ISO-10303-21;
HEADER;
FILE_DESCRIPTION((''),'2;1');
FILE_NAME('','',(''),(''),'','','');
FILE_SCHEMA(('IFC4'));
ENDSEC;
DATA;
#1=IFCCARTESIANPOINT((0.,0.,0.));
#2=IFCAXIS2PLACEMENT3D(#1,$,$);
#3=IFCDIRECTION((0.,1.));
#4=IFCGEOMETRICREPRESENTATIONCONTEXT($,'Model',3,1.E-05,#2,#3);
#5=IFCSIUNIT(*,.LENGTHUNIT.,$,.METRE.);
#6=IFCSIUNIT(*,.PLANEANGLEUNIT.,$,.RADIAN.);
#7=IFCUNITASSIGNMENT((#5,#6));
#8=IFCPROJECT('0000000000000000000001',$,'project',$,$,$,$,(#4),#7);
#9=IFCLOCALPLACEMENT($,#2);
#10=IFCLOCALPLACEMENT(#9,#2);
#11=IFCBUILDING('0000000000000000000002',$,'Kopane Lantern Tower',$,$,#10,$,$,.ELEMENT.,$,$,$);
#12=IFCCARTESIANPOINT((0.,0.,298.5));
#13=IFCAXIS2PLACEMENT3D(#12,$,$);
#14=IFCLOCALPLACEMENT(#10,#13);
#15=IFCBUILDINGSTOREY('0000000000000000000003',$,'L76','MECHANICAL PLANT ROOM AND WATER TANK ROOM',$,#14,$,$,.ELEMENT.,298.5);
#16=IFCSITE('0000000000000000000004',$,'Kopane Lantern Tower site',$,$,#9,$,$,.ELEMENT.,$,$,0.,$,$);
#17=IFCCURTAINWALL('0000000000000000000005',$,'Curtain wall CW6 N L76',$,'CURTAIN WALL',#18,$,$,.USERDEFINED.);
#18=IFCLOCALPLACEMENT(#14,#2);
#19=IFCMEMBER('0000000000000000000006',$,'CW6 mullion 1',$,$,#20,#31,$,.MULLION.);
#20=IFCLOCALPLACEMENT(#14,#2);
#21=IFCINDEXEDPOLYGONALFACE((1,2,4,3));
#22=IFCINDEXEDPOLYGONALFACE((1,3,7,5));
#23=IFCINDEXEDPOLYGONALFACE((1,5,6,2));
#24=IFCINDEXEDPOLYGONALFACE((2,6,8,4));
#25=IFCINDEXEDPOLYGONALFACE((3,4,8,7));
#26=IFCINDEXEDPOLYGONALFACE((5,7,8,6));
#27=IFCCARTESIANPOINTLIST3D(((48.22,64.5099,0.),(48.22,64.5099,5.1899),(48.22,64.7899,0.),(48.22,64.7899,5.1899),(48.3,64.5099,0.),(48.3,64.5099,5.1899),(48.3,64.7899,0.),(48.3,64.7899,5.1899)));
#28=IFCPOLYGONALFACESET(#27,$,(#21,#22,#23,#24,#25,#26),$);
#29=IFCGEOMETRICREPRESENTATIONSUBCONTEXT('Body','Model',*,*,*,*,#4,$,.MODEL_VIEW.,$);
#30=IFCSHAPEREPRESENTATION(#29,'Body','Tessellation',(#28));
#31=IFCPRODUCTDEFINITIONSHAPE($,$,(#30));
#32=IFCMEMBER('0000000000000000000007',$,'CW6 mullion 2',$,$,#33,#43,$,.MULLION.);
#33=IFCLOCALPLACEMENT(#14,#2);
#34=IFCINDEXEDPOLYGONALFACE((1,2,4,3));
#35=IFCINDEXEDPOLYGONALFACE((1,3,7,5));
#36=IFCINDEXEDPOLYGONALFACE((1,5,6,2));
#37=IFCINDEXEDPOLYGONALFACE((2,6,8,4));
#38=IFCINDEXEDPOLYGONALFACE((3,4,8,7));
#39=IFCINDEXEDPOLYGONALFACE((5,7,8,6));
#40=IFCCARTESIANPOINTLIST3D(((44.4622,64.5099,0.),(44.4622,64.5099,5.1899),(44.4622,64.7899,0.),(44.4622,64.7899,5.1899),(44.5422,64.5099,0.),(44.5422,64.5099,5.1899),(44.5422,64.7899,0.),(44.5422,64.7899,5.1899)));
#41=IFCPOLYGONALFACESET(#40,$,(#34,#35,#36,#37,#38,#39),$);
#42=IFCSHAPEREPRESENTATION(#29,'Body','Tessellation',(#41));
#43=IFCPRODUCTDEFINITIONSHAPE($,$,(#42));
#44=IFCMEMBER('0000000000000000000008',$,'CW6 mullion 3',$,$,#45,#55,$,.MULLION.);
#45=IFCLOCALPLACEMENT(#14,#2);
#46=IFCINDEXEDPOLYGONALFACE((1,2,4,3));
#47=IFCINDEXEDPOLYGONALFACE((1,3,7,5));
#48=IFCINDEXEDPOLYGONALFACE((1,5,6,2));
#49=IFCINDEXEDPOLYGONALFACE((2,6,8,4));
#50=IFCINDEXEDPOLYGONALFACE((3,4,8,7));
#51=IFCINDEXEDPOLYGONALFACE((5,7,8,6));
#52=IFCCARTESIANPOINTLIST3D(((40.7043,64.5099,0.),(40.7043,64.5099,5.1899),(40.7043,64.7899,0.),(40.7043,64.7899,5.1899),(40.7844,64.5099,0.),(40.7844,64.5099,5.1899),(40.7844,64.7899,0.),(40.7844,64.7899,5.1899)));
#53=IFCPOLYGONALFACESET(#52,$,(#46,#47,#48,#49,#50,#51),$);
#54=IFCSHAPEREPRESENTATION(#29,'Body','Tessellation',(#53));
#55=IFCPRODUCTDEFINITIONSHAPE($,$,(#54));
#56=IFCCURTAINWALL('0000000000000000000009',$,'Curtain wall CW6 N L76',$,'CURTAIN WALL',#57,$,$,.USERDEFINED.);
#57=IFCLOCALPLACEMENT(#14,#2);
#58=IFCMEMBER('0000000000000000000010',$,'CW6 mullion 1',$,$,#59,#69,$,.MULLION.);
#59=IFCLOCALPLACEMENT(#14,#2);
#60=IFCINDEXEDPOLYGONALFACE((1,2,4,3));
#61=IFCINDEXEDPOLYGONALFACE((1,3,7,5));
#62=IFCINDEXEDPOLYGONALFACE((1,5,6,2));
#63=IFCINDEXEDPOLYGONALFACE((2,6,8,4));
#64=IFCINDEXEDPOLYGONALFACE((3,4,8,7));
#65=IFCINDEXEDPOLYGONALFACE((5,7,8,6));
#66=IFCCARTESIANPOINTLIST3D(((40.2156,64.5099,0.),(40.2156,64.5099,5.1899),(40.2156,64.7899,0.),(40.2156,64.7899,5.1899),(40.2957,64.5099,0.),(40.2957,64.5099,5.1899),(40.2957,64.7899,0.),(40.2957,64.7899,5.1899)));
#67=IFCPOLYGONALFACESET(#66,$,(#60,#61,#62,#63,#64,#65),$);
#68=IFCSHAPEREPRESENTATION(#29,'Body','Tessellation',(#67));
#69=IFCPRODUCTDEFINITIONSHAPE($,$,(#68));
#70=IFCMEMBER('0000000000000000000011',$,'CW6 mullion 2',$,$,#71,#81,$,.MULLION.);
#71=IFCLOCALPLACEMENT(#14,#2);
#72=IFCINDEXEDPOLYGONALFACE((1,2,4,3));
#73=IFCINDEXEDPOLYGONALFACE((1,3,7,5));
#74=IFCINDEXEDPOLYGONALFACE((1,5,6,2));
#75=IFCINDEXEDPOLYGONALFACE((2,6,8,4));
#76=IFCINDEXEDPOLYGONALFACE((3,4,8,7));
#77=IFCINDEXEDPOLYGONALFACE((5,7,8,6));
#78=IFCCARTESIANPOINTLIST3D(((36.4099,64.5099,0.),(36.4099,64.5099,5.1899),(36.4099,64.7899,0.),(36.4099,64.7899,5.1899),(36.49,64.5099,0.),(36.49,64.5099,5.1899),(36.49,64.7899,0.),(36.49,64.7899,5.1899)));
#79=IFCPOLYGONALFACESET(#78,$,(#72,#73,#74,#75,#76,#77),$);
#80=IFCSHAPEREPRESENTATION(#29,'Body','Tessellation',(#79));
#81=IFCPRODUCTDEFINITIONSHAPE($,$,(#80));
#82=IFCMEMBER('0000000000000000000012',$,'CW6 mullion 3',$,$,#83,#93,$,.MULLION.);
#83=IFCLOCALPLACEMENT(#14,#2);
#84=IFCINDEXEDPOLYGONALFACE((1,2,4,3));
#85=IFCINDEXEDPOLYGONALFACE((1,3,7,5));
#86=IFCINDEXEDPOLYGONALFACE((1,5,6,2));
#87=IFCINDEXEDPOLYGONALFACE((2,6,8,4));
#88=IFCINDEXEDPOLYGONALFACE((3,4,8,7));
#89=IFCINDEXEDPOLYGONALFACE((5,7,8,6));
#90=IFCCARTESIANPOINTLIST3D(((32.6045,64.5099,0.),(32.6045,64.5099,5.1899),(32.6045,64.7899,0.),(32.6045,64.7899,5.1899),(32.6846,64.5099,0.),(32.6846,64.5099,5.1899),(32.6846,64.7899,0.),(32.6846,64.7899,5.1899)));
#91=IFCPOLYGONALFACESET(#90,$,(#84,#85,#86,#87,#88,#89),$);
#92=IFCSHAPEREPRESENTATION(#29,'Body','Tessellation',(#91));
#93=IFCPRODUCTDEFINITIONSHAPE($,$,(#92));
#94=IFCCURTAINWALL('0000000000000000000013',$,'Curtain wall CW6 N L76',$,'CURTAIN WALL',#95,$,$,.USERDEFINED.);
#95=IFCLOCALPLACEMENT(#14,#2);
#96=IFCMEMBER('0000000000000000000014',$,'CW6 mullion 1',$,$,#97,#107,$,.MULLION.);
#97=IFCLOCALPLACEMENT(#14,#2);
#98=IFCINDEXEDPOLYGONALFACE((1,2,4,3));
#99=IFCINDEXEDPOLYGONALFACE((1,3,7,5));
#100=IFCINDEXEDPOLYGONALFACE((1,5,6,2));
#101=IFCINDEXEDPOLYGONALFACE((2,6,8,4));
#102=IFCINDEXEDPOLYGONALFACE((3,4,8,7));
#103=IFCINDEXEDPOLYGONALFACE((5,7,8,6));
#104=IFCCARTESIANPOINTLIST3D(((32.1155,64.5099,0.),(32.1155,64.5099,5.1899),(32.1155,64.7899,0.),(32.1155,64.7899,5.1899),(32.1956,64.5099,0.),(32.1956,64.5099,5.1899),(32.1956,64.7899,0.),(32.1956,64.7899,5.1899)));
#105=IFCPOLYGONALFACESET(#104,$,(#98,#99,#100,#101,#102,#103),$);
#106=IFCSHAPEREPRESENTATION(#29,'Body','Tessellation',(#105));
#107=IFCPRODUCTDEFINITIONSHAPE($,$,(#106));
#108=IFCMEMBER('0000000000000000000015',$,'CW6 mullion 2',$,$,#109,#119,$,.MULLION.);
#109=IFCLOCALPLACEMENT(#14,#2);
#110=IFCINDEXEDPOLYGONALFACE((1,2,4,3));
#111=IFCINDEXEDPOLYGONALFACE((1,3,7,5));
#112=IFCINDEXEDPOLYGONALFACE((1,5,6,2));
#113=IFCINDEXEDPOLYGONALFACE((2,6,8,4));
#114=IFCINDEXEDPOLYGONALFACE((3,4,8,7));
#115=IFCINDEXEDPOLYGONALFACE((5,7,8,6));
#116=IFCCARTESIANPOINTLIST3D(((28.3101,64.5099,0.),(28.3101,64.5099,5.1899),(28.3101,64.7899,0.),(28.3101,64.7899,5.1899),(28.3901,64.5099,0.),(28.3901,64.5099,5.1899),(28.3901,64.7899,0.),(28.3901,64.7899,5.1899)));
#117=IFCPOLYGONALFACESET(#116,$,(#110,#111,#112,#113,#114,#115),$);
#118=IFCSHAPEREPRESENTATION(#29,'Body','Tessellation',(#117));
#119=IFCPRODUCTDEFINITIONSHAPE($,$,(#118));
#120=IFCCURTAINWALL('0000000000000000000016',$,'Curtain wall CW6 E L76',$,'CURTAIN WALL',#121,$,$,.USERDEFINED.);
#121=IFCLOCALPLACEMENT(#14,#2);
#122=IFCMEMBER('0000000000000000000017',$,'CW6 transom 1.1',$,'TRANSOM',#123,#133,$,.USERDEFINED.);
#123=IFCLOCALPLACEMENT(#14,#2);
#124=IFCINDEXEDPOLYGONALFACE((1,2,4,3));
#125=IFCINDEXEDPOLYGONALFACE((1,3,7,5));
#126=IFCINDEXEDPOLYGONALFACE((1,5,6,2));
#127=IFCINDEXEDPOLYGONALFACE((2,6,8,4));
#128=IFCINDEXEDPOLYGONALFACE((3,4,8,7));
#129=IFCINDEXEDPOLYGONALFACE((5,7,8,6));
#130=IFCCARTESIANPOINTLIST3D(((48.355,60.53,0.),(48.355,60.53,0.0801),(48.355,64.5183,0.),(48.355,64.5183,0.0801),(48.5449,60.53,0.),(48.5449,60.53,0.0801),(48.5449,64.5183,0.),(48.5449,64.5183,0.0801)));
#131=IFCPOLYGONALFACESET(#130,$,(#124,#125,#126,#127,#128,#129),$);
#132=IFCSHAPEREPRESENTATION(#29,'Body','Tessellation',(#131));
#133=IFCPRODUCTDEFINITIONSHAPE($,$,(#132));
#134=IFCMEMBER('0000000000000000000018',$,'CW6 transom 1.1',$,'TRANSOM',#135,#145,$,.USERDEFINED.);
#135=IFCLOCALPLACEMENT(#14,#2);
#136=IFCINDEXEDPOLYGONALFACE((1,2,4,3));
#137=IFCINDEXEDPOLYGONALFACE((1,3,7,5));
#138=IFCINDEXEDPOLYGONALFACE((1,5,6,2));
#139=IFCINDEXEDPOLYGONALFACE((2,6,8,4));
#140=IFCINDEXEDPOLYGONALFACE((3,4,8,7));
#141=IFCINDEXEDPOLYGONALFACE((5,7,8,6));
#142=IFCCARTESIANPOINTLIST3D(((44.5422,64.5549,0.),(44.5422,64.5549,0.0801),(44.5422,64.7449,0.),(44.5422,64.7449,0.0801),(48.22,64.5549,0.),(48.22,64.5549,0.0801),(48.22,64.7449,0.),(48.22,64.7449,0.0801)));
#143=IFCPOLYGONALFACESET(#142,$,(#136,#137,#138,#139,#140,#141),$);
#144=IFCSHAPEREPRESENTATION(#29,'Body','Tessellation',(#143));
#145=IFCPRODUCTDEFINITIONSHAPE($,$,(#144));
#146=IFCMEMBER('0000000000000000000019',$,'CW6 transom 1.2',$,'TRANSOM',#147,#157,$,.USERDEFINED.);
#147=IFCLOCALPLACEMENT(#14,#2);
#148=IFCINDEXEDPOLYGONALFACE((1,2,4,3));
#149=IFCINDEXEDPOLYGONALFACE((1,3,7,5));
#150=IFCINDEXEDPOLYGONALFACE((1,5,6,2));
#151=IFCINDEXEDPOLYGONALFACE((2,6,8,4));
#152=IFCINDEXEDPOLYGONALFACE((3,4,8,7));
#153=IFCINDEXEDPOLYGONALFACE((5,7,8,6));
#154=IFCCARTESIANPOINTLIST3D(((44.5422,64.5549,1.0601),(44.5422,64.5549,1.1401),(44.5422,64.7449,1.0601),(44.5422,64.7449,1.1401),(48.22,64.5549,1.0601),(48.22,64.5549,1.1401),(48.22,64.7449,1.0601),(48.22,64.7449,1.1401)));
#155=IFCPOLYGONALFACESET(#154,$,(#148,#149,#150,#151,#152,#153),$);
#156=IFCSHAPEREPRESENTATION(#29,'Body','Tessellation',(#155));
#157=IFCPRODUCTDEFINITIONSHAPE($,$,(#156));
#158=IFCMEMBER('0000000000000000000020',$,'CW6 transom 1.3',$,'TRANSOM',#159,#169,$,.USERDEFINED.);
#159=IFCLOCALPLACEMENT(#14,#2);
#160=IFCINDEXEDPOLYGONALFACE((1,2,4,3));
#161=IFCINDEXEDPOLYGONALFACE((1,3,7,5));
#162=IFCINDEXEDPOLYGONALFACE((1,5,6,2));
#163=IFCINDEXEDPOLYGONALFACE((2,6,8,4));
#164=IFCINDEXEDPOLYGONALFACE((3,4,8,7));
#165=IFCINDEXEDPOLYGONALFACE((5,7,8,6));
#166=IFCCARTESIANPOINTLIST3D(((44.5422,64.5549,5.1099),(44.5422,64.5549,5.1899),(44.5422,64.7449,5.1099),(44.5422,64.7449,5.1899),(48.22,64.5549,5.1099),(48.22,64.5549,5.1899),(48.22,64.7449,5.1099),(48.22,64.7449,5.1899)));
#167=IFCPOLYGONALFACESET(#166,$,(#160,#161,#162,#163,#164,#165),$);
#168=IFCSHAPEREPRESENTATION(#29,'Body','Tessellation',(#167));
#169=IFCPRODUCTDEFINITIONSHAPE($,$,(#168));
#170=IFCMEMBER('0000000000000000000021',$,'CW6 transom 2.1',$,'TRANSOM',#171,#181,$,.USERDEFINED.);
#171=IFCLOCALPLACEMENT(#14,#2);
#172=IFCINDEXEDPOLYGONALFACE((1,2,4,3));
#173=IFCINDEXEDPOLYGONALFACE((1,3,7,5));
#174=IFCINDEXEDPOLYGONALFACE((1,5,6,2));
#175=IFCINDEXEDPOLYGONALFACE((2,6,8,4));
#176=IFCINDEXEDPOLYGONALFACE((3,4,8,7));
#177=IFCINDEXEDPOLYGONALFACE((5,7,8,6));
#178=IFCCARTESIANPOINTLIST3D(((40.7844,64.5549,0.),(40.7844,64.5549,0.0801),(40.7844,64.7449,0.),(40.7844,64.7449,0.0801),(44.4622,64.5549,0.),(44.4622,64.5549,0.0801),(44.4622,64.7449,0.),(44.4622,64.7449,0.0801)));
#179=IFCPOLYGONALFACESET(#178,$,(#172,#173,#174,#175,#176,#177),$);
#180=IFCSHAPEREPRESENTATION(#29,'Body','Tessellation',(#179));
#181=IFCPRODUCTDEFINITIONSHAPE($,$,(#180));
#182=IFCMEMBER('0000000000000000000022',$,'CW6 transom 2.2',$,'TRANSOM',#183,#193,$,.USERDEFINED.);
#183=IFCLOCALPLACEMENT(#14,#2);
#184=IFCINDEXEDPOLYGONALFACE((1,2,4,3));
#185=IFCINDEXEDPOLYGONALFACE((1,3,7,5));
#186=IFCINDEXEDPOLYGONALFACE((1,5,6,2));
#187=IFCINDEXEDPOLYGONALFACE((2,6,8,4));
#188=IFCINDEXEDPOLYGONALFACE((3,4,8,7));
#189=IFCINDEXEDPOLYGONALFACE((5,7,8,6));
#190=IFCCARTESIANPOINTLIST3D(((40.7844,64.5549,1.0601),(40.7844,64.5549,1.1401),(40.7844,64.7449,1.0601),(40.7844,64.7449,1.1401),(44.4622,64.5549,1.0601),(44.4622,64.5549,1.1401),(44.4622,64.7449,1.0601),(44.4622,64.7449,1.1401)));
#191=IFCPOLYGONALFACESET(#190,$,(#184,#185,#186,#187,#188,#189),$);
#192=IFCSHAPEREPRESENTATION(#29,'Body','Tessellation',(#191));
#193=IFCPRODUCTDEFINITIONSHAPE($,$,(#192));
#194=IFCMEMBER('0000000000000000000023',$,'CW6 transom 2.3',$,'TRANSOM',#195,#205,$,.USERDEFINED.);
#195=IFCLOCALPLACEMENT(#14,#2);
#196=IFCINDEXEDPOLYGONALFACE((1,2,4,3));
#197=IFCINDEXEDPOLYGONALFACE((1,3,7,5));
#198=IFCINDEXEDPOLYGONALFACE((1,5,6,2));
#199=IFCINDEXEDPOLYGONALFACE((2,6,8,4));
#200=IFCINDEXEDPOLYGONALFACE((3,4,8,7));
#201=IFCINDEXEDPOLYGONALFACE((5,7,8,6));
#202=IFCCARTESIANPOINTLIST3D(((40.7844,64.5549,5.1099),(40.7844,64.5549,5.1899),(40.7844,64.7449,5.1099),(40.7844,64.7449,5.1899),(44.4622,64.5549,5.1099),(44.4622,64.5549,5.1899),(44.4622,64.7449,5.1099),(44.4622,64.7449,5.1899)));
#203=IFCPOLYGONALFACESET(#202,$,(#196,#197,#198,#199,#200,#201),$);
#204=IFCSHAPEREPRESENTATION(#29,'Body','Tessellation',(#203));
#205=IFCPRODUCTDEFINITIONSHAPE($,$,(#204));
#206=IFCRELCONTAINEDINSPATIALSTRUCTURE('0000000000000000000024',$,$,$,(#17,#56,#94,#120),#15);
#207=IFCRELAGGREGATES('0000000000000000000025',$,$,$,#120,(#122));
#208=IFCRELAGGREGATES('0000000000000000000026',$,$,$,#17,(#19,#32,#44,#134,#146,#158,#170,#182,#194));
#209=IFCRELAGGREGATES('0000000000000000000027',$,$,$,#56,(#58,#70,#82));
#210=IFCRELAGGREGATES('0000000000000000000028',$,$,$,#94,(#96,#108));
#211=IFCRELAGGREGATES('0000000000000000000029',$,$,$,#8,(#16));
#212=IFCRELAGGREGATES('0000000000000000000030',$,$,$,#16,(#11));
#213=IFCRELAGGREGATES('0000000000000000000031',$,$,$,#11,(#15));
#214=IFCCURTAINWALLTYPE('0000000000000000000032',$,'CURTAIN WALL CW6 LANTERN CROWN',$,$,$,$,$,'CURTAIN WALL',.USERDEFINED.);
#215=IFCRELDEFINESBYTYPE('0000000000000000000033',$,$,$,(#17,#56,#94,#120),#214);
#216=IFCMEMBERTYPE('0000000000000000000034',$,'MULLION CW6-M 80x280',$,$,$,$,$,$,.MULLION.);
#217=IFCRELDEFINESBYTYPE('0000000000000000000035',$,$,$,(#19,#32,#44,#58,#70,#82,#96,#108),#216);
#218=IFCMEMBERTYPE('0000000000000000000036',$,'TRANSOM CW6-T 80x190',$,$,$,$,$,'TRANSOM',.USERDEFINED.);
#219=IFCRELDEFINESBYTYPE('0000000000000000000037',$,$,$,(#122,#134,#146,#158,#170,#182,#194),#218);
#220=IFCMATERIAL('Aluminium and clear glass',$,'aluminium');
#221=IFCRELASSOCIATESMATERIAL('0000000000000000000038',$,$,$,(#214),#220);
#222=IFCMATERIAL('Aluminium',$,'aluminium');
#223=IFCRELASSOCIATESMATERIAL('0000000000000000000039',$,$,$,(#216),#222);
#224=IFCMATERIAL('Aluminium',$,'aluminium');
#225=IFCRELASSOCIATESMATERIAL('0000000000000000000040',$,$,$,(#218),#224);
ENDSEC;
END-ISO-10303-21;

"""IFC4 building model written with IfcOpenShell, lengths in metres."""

from ifc_helpers import new_model, si_unit, direction, frame, origin, origin_2d, place, context, subcontext, project, spatial, rectangle, extrude, material, material_profile, profile_set, type_object, element, aggregate, save


model = new_model("IFC4")

# Units and contexts
model_context = context("Model", 3, precision=1e-05, world=origin(), true_north=direction((0.0, 1.0)))
body_context = subcontext(model_context, "Body", "Model", "MODEL_VIEW")
ifc_project = project(units=[si_unit("LENGTHUNIT", "METRE"), si_unit("PLANEANGLEUNIT", "RADIAN")], contexts=[model_context])

# Site, building, storey
site_placement = place(None, origin())
site = spatial("IfcSite", under=ifc_project, at=site_placement, Name="Kopane Lantern Tower site", CompositionType="ELEMENT", RefElevation=0.0)
building_placement = place(site_placement, origin())
building = spatial("IfcBuilding", under=site, at=building_placement, Name="Kopane Lantern Tower", CompositionType="ELEMENT")
storey_placement = place(building_placement, frame((0.0, 0.0, 298.5)))
storey = spatial("IfcBuildingStorey", under=building, at=storey_placement, Name="L76", Description="MECHANICAL PLANT ROOM AND WATER TANK ROOM", CompositionType="ELEMENT", Elevation=298.5)

# Curtain walls, members
ifc_material_1 = material(Name="Aluminium and clear glass", Category="aluminium")
curtain_wall_type = type_object("IfcCurtainWallType", Name="CURTAIN WALL CW6 LANTERN CROWN", ElementType="CURTAIN WALL", PredefinedType="USERDEFINED", material=ifc_material_1)
curtain_wall_1_placement = place(storey_placement, origin())
curtain_wall_1 = element("IfcCurtainWall", 1, at=curtain_wall_1_placement, inside=storey, type_object=curtain_wall_type, Name="Curtain wall CW6 N L76", ObjectType="CURTAIN WALL", PredefinedType="USERDEFINED")
ifc_material_2 = material(Name="Aluminium", Category="aluminium")
ifc_material_profile_1 = material_profile(ifc_material_2, rectangle(XDim=0.0801, YDim=0.28, at=origin_2d()), Name="AL 80x280")
ifc_profile_set_1 = profile_set([ifc_material_profile_1], Name="Aluminium")
member_type_1 = type_object("IfcMemberType", Name="MULLION CW6-M 80x280", PredefinedType="MULLION", material=ifc_profile_set_1)
member_1_placement = place(storey_placement, frame((48.26, 64.6499, 0.0), z_axis=(0.0, 0.0, 1.0), x_axis=(-1.0, 0.0, 0.0)))
member_1 = element("IfcMember", 2, at=member_1_placement, type_object=member_type_1, Name="CW6 mullion 1", PredefinedType="MULLION", context=body_context, shape_type="SweptSolid", body=[
    extrude(rectangle(XDim=0.0801, YDim=0.28, at=origin_2d()), origin(), (0.0, 0.0, 1.0), 5.1899),
])
member_2_placement = place(storey_placement, frame((44.5022, 64.6499, 0.0), z_axis=(0.0, 0.0, 1.0), x_axis=(-1.0, 0.0, 0.0)))
member_2 = element("IfcMember", 3, at=member_2_placement, type_object=member_type_1, Name="CW6 mullion 2", PredefinedType="MULLION", context=body_context, shape_type="SweptSolid", body=[
    extrude(rectangle(XDim=0.0801, YDim=0.28, at=origin_2d()), origin(), (0.0, 0.0, 1.0), 5.1899),
])
member_3_placement = place(storey_placement, frame((40.7444, 64.6499, 0.0), z_axis=(0.0, 0.0, 1.0), x_axis=(-1.0, 0.0, 0.0)))
member_3 = element("IfcMember", 4, at=member_3_placement, type_object=member_type_1, Name="CW6 mullion 3", PredefinedType="MULLION", context=body_context, shape_type="SweptSolid", body=[
    extrude(rectangle(XDim=0.0801, YDim=0.28, at=origin_2d()), origin(), (0.0, 0.0, 1.0), 5.1899),
])
curtain_wall_2_placement = place(storey_placement, origin())
curtain_wall_2 = element("IfcCurtainWall", 5, at=curtain_wall_2_placement, inside=storey, type_object=curtain_wall_type, Name="Curtain wall CW6 N L76", ObjectType="CURTAIN WALL", PredefinedType="USERDEFINED")
member_4_placement = place(storey_placement, frame((40.2556, 64.6499, 0.0), z_axis=(0.0, 0.0, 1.0), x_axis=(-1.0, 0.0, 0.0)))
member_4 = element("IfcMember", 6, at=member_4_placement, type_object=member_type_1, Name="CW6 mullion 1", PredefinedType="MULLION", context=body_context, shape_type="SweptSolid", body=[
    extrude(rectangle(XDim=0.0801, YDim=0.28, at=origin_2d()), origin(), (0.0, 0.0, 1.0), 5.1899),
])
member_5_placement = place(storey_placement, frame((36.45, 64.6499, 0.0), z_axis=(0.0, 0.0, 1.0), x_axis=(-1.0, 0.0, 0.0)))
member_5 = element("IfcMember", 7, at=member_5_placement, type_object=member_type_1, Name="CW6 mullion 2", PredefinedType="MULLION", context=body_context, shape_type="SweptSolid", body=[
    extrude(rectangle(XDim=0.0801, YDim=0.28, at=origin_2d()), origin(), (0.0, 0.0, 1.0), 5.1899),
])
member_6_placement = place(storey_placement, frame((32.6445, 64.6499, 0.0), z_axis=(0.0, 0.0, 1.0), x_axis=(-1.0, 0.0, 0.0)))
member_6 = element("IfcMember", 8, at=member_6_placement, type_object=member_type_1, Name="CW6 mullion 3", PredefinedType="MULLION", context=body_context, shape_type="SweptSolid", body=[
    extrude(rectangle(XDim=0.0801, YDim=0.28, at=origin_2d()), origin(), (0.0, 0.0, 1.0), 5.1899),
])
curtain_wall_3_placement = place(storey_placement, origin())
curtain_wall_3 = element("IfcCurtainWall", 9, at=curtain_wall_3_placement, inside=storey, type_object=curtain_wall_type, Name="Curtain wall CW6 N L76", ObjectType="CURTAIN WALL", PredefinedType="USERDEFINED")
member_7_placement = place(storey_placement, frame((32.1555, 64.6499, 0.0), z_axis=(0.0, 0.0, 1.0), x_axis=(-1.0, 0.0, 0.0)))
member_7 = element("IfcMember", 10, at=member_7_placement, type_object=member_type_1, Name="CW6 mullion 1", PredefinedType="MULLION", context=body_context, shape_type="SweptSolid", body=[
    extrude(rectangle(XDim=0.0801, YDim=0.28, at=origin_2d()), origin(), (0.0, 0.0, 1.0), 5.1899),
])
member_8_placement = place(storey_placement, frame((28.3501, 64.6499, 0.0), z_axis=(0.0, 0.0, 1.0), x_axis=(-1.0, 0.0, 0.0)))
member_8 = element("IfcMember", 11, at=member_8_placement, type_object=member_type_1, Name="CW6 mullion 2", PredefinedType="MULLION", context=body_context, shape_type="SweptSolid", body=[
    extrude(rectangle(XDim=0.0801, YDim=0.28, at=origin_2d()), origin(), (0.0, 0.0, 1.0), 5.1899),
])

# Curtain wall, member
curtain_wall_4_placement = place(storey_placement, origin())
curtain_wall_4 = element("IfcCurtainWall", 12, at=curtain_wall_4_placement, inside=storey, type_object=curtain_wall_type, Name="Curtain wall CW6 E L76", ObjectType="CURTAIN WALL", PredefinedType="USERDEFINED")
ifc_material_3 = material(Name="Aluminium", Category="aluminium")
ifc_material_profile_2 = material_profile(ifc_material_3, rectangle(XDim=0.1899, YDim=0.0801, at=origin_2d()), Name="AL 190x80")
ifc_profile_set_2 = profile_set([ifc_material_profile_2], Name="Aluminium")
member_type_2 = type_object("IfcMemberType", Name="TRANSOM CW6-T 80x190", ElementType="TRANSOM", PredefinedType="USERDEFINED", material=ifc_profile_set_2)
member_9_placement = place(storey_placement, frame((48.45, 60.53, 0.04), z_axis=(0.0, 1.0, 0.0), x_axis=(-1.0, 0.0, 0.0)))
member_9 = element("IfcMember", 13, at=member_9_placement, type_object=member_type_2, Name="CW6 transom 1.1", ObjectType="TRANSOM", PredefinedType="USERDEFINED", context=body_context, shape_type="SweptSolid", body=[
    extrude(rectangle(XDim=0.1899, YDim=0.0801, at=origin_2d()), origin(), (0.0, 0.0, 1.0), 3.9883),
])
aggregate(curtain_wall_4, [member_9])

# Members
member_10_placement = place(storey_placement, frame((48.22, 64.6499, 0.04), z_axis=(-1.0, 0.0, 0.0), x_axis=(0.0, -1.0, 0.0)))
member_10 = element("IfcMember", 14, at=member_10_placement, type_object=member_type_2, Name="CW6 transom 1.1", ObjectType="TRANSOM", PredefinedType="USERDEFINED", context=body_context, shape_type="SweptSolid", body=[
    extrude(rectangle(XDim=0.1899, YDim=0.0801, at=origin_2d()), origin(), (0.0, 0.0, 1.0), 3.6777),
])
member_11_placement = place(storey_placement, frame((48.22, 64.6499, 1.1001), z_axis=(-1.0, 0.0, 0.0), x_axis=(0.0, -1.0, 0.0)))
member_11 = element("IfcMember", 15, at=member_11_placement, type_object=member_type_2, Name="CW6 transom 1.2", ObjectType="TRANSOM", PredefinedType="USERDEFINED", context=body_context, shape_type="SweptSolid", body=[
    extrude(rectangle(XDim=0.1899, YDim=0.0801, at=origin_2d()), origin(), (0.0, 0.0, 1.0), 3.6777),
])
member_12_placement = place(storey_placement, frame((48.22, 64.6499, 5.1499), z_axis=(-1.0, 0.0, 0.0), x_axis=(0.0, -1.0, 0.0)))
member_12 = element("IfcMember", 16, at=member_12_placement, type_object=member_type_2, Name="CW6 transom 1.3", ObjectType="TRANSOM", PredefinedType="USERDEFINED", context=body_context, shape_type="SweptSolid", body=[
    extrude(rectangle(XDim=0.1899, YDim=0.0801, at=origin_2d()), origin(), (0.0, 0.0, 1.0), 3.6777),
])
member_13_placement = place(storey_placement, frame((44.4622, 64.6499, 0.04), z_axis=(-1.0, 0.0, 0.0), x_axis=(0.0, -1.0, 0.0)))
member_13 = element("IfcMember", 17, at=member_13_placement, type_object=member_type_2, Name="CW6 transom 2.1", ObjectType="TRANSOM", PredefinedType="USERDEFINED", context=body_context, shape_type="SweptSolid", body=[
    extrude(rectangle(XDim=0.1899, YDim=0.0801, at=origin_2d()), origin(), (0.0, 0.0, 1.0), 3.6777),
])
member_14_placement = place(storey_placement, frame((44.4622, 64.6499, 1.1001), z_axis=(-1.0, 0.0, 0.0), x_axis=(0.0, -1.0, 0.0)))
member_14 = element("IfcMember", 18, at=member_14_placement, type_object=member_type_2, Name="CW6 transom 2.2", ObjectType="TRANSOM", PredefinedType="USERDEFINED", context=body_context, shape_type="SweptSolid", body=[
    extrude(rectangle(XDim=0.1899, YDim=0.0801, at=origin_2d()), origin(), (0.0, 0.0, 1.0), 3.6777),
])
member_15_placement = place(storey_placement, frame((44.4622, 64.6499, 5.1499), z_axis=(-1.0, 0.0, 0.0), x_axis=(0.0, -1.0, 0.0)))
member_15 = element("IfcMember", 19, at=member_15_placement, type_object=member_type_2, Name="CW6 transom 2.3", ObjectType="TRANSOM", PredefinedType="USERDEFINED", context=body_context, shape_type="SweptSolid", body=[
    extrude(rectangle(XDim=0.1899, YDim=0.0801, at=origin_2d()), origin(), (0.0, 0.0, 1.0), 3.6777),
])

aggregate(curtain_wall_1, [member_1, member_2, member_3, member_10, member_11, member_12, member_13, member_14, member_15])
aggregate(curtain_wall_2, [member_4, member_5, member_6])
aggregate(curtain_wall_3, [member_7, member_8])

save(model, "model.ifc")
